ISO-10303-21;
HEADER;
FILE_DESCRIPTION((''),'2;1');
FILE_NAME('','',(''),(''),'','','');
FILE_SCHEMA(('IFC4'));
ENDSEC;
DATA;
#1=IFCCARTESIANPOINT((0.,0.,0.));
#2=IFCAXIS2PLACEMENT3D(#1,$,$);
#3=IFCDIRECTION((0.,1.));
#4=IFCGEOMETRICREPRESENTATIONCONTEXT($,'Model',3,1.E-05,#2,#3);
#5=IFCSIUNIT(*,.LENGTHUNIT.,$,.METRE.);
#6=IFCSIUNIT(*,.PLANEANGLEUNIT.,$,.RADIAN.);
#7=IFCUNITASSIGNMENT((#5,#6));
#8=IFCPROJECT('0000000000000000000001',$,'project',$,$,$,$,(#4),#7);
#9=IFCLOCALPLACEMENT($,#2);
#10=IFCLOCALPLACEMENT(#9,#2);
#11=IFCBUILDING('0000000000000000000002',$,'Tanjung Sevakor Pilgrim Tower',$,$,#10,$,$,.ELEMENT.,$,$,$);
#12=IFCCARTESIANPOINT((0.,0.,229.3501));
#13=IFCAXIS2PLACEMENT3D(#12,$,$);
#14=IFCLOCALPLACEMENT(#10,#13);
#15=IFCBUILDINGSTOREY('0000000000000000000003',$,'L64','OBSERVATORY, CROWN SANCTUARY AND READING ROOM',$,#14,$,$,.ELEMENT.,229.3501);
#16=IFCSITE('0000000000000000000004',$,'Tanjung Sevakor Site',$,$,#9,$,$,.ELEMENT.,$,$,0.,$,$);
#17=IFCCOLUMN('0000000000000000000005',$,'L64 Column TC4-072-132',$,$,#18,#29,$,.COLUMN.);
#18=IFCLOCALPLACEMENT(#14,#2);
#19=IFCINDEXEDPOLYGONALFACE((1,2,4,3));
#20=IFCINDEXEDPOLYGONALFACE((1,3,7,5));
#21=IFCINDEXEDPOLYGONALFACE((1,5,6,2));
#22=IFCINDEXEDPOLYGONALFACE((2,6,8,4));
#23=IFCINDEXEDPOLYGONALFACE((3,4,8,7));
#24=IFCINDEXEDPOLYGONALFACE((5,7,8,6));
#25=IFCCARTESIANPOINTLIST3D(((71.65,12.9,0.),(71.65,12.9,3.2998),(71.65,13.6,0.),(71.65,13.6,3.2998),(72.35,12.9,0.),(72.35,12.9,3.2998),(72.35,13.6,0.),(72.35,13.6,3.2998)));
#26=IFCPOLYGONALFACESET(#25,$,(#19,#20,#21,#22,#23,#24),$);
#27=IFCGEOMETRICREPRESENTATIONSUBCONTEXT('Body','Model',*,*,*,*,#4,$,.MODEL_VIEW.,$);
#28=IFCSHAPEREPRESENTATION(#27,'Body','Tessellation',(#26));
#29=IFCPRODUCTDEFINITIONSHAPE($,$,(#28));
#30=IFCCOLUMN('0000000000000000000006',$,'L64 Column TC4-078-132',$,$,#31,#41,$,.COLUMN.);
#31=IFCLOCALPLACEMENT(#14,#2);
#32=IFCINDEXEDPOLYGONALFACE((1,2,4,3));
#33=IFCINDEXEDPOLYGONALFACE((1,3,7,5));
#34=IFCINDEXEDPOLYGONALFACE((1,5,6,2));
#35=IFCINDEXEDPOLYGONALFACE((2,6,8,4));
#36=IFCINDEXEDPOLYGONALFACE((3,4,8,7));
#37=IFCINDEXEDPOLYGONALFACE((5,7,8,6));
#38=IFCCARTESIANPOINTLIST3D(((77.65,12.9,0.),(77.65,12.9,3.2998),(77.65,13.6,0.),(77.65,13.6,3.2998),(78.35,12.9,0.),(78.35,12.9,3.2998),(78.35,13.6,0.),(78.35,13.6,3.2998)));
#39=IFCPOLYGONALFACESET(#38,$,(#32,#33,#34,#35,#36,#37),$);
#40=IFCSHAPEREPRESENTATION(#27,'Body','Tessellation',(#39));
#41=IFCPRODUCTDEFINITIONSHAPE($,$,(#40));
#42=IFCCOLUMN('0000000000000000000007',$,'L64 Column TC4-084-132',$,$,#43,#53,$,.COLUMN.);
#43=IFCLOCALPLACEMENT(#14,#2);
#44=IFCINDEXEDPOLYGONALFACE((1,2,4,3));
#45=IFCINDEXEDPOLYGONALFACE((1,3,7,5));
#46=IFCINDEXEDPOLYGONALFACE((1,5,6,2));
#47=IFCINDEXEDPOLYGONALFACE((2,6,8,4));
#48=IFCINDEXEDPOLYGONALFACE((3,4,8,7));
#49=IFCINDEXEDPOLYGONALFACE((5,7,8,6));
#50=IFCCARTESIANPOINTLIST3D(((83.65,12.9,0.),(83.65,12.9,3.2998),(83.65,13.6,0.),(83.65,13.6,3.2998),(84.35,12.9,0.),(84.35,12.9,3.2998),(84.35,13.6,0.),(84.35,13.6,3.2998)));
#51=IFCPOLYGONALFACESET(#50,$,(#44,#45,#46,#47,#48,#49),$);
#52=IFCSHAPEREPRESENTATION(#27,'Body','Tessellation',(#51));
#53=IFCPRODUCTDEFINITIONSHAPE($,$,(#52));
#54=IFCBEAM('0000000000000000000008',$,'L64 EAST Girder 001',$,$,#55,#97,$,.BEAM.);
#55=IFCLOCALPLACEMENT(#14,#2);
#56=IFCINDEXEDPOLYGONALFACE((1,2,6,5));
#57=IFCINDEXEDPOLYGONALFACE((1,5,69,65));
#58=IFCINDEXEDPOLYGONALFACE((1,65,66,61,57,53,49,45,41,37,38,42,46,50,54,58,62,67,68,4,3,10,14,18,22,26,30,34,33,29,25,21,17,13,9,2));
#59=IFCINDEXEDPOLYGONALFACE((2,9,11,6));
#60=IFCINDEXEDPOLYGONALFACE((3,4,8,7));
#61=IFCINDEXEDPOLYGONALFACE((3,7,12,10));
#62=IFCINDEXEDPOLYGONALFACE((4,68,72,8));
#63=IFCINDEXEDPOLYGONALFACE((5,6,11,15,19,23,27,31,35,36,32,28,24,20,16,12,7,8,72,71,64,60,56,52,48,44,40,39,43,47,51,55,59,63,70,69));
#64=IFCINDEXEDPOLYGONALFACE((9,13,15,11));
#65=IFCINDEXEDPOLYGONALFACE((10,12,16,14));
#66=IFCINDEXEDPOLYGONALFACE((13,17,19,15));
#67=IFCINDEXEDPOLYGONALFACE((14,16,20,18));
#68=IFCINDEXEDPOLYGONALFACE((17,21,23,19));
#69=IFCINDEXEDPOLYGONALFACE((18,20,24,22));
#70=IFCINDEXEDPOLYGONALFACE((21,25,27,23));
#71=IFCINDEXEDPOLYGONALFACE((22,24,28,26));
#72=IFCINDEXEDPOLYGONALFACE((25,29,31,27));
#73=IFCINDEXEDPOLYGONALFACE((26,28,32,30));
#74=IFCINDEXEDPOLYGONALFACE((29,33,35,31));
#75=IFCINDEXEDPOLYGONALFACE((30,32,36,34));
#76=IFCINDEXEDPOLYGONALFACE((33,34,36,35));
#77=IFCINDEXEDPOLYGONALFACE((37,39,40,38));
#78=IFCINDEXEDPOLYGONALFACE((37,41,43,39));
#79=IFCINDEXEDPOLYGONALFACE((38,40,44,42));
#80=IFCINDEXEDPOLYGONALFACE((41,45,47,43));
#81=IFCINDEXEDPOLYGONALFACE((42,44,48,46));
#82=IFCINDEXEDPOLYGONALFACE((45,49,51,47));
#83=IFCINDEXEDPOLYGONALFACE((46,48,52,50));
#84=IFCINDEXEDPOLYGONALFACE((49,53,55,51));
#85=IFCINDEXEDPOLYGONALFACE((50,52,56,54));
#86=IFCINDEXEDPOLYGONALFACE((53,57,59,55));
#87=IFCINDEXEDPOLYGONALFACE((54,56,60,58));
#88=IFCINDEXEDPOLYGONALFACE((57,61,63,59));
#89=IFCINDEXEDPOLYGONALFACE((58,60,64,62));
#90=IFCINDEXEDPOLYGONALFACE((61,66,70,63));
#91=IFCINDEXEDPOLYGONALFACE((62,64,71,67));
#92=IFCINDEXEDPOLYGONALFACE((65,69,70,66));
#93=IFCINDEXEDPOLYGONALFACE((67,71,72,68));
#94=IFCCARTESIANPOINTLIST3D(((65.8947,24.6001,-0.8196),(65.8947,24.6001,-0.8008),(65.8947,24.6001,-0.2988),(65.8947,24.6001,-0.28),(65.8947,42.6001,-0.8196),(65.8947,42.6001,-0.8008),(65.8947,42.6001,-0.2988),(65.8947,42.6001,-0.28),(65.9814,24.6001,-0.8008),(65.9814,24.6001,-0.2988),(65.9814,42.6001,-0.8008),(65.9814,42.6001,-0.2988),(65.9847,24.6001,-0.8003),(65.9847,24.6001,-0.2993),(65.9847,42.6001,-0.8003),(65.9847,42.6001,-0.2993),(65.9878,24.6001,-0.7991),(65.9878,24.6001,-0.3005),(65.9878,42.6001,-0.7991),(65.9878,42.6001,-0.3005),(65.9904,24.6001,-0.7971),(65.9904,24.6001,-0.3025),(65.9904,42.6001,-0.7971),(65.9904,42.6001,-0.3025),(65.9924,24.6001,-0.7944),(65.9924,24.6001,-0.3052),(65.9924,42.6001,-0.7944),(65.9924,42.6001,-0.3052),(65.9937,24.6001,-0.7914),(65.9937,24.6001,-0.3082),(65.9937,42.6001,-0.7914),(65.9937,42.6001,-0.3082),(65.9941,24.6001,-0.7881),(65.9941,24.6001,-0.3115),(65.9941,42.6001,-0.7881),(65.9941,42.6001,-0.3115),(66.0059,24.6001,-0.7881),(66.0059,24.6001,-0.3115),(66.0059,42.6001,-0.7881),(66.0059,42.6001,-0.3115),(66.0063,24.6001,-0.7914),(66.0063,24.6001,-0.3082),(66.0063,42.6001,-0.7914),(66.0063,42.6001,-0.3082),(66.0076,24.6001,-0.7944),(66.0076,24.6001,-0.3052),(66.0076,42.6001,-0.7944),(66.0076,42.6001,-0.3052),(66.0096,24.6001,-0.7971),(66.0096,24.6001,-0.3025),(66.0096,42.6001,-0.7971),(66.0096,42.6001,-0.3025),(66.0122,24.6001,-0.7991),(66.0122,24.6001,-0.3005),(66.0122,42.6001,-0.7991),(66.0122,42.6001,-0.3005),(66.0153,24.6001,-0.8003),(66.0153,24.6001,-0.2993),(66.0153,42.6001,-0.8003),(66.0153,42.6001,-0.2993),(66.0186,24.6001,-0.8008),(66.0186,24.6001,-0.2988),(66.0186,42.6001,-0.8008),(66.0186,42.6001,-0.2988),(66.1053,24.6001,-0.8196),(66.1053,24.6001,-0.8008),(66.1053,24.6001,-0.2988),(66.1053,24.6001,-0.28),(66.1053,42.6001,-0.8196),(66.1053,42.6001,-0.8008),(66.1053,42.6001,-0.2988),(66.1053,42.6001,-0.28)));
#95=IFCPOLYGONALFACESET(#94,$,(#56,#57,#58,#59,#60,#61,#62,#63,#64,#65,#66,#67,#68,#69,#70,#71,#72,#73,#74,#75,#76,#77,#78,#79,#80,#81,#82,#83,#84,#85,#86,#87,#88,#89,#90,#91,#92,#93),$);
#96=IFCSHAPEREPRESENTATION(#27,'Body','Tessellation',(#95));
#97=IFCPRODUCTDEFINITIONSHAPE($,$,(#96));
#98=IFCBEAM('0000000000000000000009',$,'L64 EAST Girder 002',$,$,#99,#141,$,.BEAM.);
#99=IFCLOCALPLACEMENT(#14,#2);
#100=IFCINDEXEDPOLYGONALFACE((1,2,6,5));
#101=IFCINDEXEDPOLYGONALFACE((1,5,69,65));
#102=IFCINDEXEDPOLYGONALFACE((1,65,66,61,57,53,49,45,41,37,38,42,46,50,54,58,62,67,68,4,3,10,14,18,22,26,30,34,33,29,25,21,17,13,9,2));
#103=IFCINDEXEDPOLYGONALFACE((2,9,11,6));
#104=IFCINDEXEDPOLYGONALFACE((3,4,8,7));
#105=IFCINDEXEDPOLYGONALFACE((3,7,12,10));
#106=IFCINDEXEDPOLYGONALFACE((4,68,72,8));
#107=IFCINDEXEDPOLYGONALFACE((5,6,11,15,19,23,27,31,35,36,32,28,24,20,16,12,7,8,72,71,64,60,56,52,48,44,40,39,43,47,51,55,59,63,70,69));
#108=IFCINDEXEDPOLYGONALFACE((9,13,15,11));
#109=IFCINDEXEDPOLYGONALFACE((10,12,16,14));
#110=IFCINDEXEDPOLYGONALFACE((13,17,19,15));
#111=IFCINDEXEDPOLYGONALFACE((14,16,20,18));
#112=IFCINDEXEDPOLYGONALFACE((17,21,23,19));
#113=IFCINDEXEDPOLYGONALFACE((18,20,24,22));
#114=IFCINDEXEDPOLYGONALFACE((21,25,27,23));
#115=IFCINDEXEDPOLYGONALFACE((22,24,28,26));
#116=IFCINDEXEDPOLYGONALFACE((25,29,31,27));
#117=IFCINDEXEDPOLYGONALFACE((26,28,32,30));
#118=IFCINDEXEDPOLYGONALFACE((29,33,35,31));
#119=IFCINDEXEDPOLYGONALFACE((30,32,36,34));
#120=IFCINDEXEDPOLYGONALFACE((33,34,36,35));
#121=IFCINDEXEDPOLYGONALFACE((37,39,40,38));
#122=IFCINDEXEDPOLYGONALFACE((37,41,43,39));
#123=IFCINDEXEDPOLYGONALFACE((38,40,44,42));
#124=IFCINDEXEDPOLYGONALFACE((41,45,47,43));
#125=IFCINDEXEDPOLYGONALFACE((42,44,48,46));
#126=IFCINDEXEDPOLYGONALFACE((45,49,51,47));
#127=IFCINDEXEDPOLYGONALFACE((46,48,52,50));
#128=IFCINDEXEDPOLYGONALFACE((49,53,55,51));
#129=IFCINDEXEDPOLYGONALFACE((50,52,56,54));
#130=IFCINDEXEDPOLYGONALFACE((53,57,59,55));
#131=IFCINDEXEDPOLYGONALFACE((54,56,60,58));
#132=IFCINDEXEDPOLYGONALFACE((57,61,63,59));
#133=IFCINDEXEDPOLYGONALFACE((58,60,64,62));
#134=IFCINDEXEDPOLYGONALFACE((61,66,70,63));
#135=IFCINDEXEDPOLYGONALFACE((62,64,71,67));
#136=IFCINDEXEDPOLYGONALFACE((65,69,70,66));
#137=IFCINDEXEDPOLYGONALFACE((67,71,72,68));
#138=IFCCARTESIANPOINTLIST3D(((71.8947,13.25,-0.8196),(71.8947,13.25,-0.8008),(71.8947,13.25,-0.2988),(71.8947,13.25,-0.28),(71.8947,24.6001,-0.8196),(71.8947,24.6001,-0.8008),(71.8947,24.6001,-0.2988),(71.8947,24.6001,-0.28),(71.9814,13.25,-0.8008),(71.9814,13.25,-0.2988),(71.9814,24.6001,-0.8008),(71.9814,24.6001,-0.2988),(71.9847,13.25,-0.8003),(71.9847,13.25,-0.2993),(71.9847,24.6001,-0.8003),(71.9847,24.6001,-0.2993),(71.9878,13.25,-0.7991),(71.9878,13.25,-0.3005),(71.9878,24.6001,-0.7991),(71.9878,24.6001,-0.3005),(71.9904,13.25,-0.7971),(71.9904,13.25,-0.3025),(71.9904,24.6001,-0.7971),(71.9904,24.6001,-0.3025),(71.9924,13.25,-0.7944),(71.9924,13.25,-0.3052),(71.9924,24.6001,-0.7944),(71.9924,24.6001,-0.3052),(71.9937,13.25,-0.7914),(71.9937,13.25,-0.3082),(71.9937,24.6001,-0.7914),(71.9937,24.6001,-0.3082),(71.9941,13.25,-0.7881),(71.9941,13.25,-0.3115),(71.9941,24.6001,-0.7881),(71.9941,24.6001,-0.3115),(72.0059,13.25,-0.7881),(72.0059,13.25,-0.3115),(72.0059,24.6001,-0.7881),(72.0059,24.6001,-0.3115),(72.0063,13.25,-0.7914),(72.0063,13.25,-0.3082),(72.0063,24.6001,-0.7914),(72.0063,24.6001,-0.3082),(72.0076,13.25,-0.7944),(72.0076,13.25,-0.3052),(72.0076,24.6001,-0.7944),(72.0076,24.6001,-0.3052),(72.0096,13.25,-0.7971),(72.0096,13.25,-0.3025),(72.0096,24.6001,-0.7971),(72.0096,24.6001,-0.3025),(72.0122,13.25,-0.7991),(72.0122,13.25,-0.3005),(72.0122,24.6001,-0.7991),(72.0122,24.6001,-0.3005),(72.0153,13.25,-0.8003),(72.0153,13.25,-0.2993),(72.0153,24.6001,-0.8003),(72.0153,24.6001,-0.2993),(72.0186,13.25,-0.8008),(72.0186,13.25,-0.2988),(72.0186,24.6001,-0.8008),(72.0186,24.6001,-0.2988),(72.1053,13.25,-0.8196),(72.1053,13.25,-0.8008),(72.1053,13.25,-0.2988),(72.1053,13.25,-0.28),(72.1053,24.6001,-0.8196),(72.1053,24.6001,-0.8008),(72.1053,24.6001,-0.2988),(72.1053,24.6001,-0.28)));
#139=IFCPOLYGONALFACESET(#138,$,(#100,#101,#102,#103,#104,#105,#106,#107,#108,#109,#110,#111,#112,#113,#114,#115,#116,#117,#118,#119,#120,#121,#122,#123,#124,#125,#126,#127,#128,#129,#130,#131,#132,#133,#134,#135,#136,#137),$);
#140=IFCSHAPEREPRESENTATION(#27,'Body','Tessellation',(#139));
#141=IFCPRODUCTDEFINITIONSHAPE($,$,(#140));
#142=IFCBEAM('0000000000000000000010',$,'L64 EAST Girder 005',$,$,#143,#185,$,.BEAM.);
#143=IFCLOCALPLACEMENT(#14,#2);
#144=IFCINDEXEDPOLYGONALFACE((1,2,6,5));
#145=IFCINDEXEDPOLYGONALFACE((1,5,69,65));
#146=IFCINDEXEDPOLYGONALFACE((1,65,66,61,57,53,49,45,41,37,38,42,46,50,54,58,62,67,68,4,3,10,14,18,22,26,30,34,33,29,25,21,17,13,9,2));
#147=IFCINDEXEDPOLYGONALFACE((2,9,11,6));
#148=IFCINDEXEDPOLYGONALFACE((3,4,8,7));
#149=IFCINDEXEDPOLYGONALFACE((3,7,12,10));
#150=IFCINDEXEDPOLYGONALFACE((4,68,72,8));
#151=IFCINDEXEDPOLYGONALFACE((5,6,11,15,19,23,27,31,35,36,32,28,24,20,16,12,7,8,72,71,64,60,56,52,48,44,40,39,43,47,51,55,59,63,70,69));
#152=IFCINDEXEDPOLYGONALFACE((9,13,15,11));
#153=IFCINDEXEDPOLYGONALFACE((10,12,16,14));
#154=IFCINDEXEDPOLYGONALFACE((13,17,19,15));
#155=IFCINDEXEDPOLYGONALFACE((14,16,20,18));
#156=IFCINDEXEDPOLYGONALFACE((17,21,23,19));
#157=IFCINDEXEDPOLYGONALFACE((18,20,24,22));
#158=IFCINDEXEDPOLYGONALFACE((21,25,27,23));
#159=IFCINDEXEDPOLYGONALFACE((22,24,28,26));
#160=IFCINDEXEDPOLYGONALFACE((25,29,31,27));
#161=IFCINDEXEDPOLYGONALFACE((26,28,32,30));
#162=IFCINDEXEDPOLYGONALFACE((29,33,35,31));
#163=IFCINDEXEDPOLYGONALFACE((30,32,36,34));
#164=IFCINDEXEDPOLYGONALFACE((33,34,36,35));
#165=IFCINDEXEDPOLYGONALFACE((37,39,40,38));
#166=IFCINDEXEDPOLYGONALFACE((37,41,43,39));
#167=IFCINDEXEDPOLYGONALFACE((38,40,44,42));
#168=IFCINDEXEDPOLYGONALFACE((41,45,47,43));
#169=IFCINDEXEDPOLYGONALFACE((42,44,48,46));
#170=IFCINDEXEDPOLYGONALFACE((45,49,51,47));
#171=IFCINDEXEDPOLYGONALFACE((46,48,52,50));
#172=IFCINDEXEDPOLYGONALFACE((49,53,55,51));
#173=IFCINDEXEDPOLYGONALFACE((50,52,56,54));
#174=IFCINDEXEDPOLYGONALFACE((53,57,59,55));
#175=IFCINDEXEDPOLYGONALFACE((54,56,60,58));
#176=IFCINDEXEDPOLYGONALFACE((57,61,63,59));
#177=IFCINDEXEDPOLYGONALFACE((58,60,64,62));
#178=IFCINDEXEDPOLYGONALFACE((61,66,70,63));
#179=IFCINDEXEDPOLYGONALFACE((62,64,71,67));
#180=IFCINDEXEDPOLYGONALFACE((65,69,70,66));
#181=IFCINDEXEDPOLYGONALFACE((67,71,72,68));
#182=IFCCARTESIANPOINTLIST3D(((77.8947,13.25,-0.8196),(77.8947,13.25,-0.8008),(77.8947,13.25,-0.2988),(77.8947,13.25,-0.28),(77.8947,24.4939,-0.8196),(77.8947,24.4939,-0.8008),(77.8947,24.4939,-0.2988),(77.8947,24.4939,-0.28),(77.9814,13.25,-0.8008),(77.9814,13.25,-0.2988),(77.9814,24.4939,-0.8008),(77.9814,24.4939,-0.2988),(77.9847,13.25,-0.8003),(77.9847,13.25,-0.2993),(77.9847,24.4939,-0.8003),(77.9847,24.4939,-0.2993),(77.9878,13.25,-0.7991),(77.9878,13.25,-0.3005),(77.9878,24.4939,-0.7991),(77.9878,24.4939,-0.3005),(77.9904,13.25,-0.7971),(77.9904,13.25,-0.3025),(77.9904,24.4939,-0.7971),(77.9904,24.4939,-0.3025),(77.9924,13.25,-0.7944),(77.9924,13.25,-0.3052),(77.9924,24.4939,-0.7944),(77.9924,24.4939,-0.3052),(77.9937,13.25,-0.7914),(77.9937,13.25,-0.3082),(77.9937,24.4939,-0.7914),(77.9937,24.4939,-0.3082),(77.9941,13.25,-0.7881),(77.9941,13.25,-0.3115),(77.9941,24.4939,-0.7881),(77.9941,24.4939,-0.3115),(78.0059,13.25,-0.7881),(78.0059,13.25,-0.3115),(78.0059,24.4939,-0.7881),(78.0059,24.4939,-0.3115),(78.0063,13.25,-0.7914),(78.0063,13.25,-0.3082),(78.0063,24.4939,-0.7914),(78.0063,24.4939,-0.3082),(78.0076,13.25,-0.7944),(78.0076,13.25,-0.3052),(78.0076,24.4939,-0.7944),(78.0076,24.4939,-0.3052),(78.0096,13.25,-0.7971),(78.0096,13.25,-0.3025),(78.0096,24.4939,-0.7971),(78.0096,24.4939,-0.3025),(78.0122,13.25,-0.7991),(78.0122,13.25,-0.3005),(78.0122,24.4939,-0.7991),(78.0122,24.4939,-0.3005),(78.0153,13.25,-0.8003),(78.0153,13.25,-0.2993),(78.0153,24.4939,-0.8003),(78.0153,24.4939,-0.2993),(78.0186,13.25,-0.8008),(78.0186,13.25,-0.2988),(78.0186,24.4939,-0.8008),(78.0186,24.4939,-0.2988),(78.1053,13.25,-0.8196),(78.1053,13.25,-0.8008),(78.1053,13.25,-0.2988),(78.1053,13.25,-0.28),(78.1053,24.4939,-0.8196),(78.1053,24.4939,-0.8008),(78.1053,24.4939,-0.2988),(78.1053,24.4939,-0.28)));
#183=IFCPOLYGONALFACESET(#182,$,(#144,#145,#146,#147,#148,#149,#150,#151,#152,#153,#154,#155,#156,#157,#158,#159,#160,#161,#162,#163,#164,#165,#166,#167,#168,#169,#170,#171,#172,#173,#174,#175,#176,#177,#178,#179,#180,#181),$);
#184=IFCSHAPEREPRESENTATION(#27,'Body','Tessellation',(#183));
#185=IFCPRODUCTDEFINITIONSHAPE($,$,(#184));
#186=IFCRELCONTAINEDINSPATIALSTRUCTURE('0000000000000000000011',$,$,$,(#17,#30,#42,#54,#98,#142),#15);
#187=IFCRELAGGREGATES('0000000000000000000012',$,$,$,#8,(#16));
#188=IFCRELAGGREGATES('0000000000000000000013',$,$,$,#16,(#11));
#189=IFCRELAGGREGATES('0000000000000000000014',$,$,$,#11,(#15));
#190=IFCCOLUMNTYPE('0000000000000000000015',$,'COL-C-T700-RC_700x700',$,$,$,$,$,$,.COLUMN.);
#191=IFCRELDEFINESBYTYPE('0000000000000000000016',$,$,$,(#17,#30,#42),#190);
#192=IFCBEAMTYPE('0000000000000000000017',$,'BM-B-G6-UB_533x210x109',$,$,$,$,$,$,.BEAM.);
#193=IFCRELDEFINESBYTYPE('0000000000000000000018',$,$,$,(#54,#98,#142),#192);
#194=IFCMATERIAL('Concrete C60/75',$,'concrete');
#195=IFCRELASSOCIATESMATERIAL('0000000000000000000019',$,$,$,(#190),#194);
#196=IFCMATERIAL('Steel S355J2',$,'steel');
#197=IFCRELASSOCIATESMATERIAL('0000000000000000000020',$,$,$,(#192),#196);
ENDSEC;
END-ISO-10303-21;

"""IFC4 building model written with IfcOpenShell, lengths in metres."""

from ifc_helpers import new_model, si_unit, direction, frame, origin, origin_2d, place, context, subcontext, project, spatial, rectangle, i_section, extrude, material, material_profile, profile_set, type_object, element, save


model = new_model("IFC4")

# Units and contexts
model_context = context("Model", 3, precision=1e-05, world=origin(), true_north=direction((0.0, 1.0)))
body_context = subcontext(model_context, "Body", "Model", "MODEL_VIEW")
ifc_project = project(units=[si_unit("LENGTHUNIT", "METRE"), si_unit("PLANEANGLEUNIT", "RADIAN")], contexts=[model_context])

# Site, building, storey
site_placement = place(None, origin())
site = spatial("IfcSite", under=ifc_project, at=site_placement, Name="Tanjung Sevakor Site", CompositionType="ELEMENT", RefElevation=0.0)
building_placement = place(site_placement, origin())
building = spatial("IfcBuilding", under=site, at=building_placement, Name="Tanjung Sevakor Pilgrim Tower", CompositionType="ELEMENT")
storey_placement = place(building_placement, frame((0.0, 0.0, 229.3501)))
storey = spatial("IfcBuildingStorey", under=building, at=storey_placement, Name="L64", Description="OBSERVATORY, CROWN SANCTUARY AND READING ROOM", CompositionType="ELEMENT", Elevation=229.3501)

# Columns
ifc_material_1 = material(Name="Concrete C60/75", Category="concrete")
ifc_material_profile_1 = material_profile(ifc_material_1, rectangle(XDim=0.7, YDim=0.7, at=origin_2d()))
ifc_profile_set_1 = profile_set([ifc_material_profile_1], Name="Concrete C60/75")
column_type = type_object("IfcColumnType", Name="COL-C-T700-RC_700x700", PredefinedType="COLUMN", material=ifc_profile_set_1)
for number, where, z_axis, x_axis, name in (
    (1, (72.0, 13.25, 0.0), (0.0, 0.0, 1.0), (1.0, 0.0, 0.0), "L64 Column TC4-072-132"),
    (2, (78.0, 13.25, 0.0), (0.0, 0.0, 1.0), (1.0, 0.0, 0.0), "L64 Column TC4-078-132"),
    (3, (84.0, 13.25, 0.0), (0.0, 0.0, 1.0), (1.0, 0.0, 0.0), "L64 Column TC4-084-132"),
):
    element("IfcColumn", number, at=place(storey_placement, frame(where, z_axis=z_axis, x_axis=x_axis)), inside=storey, type_object=column_type, Name=name, PredefinedType="COLUMN", context=body_context, shape_type="SweptSolid", body=[
        extrude(rectangle(XDim=0.7, YDim=0.7, at=origin_2d()), origin(), (0.0, 0.0, 1.0), 3.2998),
    ])

# Beams
ifc_material_2 = material(Name="Steel S355J2", Category="steel")
ifc_material_profile_2 = material_profile(ifc_material_2, i_section(OverallWidth=0.2107, OverallDepth=0.5396, WebThickness=0.0117, FlangeThickness=0.0188, FilletRadius=0.0127, at=origin_2d()))
ifc_profile_set_2 = profile_set([ifc_material_profile_2], Name="Steel S355J2")
beam_type_1 = type_object("IfcBeamType", Name="BM-B-G6-UB_533x210x109", PredefinedType="BEAM", material=ifc_profile_set_2)
beam_1_placement = place(storey_placement, frame((66.0, 24.6001, -0.5498), z_axis=(0.0, 1.0, 0.0), x_axis=(-1.0, 0.0, 0.0)))
element("IfcBeam", 4, at=beam_1_placement, inside=storey, type_object=beam_type_1, Name="L64 EAST Girder 001", PredefinedType="BEAM", context=body_context, shape_type="SweptSolid", body=[
    extrude(i_section(OverallWidth=0.2107, OverallDepth=0.5396, WebThickness=0.0117, FlangeThickness=0.0188, FilletRadius=0.0127, at=origin_2d()), origin(), (0.0, 0.0, 1.0), 18.0),
])
beam_2_placement = place(storey_placement, frame((72.0, 13.25, -0.5498), z_axis=(0.0, 1.0, 0.0), x_axis=(-1.0, 0.0, 0.0)))
element("IfcBeam", 5, at=beam_2_placement, inside=storey, type_object=beam_type_1, Name="L64 EAST Girder 002", PredefinedType="BEAM", context=body_context, shape_type="SweptSolid", body=[
    extrude(i_section(OverallWidth=0.2107, OverallDepth=0.5396, WebThickness=0.0117, FlangeThickness=0.0188, FilletRadius=0.0127, at=origin_2d()), origin(), (0.0, 0.0, 1.0), 11.3501),
])
for number, where, z_axis, x_axis, name in (
    (6, (78.0, 13.25, -0.5498), (0.0, 1.0, 0.0), (-1.0, 0.0, 0.0), "L64 EAST Girder 005"),
):
    element("IfcBeam", number, at=place(storey_placement, frame(where, z_axis=z_axis, x_axis=x_axis)), inside=storey, type_object=beam_type_1, Name=name, PredefinedType="BEAM", context=body_context, shape_type="SweptSolid", body=[
        extrude(i_section(OverallWidth=0.2107, OverallDepth=0.5396, WebThickness=0.0117, FlangeThickness=0.0188, FilletRadius=0.0127, at=origin_2d()), origin(), (0.0, 0.0, 1.0), 11.2439),
    ])

save(model, "model.ifc")
